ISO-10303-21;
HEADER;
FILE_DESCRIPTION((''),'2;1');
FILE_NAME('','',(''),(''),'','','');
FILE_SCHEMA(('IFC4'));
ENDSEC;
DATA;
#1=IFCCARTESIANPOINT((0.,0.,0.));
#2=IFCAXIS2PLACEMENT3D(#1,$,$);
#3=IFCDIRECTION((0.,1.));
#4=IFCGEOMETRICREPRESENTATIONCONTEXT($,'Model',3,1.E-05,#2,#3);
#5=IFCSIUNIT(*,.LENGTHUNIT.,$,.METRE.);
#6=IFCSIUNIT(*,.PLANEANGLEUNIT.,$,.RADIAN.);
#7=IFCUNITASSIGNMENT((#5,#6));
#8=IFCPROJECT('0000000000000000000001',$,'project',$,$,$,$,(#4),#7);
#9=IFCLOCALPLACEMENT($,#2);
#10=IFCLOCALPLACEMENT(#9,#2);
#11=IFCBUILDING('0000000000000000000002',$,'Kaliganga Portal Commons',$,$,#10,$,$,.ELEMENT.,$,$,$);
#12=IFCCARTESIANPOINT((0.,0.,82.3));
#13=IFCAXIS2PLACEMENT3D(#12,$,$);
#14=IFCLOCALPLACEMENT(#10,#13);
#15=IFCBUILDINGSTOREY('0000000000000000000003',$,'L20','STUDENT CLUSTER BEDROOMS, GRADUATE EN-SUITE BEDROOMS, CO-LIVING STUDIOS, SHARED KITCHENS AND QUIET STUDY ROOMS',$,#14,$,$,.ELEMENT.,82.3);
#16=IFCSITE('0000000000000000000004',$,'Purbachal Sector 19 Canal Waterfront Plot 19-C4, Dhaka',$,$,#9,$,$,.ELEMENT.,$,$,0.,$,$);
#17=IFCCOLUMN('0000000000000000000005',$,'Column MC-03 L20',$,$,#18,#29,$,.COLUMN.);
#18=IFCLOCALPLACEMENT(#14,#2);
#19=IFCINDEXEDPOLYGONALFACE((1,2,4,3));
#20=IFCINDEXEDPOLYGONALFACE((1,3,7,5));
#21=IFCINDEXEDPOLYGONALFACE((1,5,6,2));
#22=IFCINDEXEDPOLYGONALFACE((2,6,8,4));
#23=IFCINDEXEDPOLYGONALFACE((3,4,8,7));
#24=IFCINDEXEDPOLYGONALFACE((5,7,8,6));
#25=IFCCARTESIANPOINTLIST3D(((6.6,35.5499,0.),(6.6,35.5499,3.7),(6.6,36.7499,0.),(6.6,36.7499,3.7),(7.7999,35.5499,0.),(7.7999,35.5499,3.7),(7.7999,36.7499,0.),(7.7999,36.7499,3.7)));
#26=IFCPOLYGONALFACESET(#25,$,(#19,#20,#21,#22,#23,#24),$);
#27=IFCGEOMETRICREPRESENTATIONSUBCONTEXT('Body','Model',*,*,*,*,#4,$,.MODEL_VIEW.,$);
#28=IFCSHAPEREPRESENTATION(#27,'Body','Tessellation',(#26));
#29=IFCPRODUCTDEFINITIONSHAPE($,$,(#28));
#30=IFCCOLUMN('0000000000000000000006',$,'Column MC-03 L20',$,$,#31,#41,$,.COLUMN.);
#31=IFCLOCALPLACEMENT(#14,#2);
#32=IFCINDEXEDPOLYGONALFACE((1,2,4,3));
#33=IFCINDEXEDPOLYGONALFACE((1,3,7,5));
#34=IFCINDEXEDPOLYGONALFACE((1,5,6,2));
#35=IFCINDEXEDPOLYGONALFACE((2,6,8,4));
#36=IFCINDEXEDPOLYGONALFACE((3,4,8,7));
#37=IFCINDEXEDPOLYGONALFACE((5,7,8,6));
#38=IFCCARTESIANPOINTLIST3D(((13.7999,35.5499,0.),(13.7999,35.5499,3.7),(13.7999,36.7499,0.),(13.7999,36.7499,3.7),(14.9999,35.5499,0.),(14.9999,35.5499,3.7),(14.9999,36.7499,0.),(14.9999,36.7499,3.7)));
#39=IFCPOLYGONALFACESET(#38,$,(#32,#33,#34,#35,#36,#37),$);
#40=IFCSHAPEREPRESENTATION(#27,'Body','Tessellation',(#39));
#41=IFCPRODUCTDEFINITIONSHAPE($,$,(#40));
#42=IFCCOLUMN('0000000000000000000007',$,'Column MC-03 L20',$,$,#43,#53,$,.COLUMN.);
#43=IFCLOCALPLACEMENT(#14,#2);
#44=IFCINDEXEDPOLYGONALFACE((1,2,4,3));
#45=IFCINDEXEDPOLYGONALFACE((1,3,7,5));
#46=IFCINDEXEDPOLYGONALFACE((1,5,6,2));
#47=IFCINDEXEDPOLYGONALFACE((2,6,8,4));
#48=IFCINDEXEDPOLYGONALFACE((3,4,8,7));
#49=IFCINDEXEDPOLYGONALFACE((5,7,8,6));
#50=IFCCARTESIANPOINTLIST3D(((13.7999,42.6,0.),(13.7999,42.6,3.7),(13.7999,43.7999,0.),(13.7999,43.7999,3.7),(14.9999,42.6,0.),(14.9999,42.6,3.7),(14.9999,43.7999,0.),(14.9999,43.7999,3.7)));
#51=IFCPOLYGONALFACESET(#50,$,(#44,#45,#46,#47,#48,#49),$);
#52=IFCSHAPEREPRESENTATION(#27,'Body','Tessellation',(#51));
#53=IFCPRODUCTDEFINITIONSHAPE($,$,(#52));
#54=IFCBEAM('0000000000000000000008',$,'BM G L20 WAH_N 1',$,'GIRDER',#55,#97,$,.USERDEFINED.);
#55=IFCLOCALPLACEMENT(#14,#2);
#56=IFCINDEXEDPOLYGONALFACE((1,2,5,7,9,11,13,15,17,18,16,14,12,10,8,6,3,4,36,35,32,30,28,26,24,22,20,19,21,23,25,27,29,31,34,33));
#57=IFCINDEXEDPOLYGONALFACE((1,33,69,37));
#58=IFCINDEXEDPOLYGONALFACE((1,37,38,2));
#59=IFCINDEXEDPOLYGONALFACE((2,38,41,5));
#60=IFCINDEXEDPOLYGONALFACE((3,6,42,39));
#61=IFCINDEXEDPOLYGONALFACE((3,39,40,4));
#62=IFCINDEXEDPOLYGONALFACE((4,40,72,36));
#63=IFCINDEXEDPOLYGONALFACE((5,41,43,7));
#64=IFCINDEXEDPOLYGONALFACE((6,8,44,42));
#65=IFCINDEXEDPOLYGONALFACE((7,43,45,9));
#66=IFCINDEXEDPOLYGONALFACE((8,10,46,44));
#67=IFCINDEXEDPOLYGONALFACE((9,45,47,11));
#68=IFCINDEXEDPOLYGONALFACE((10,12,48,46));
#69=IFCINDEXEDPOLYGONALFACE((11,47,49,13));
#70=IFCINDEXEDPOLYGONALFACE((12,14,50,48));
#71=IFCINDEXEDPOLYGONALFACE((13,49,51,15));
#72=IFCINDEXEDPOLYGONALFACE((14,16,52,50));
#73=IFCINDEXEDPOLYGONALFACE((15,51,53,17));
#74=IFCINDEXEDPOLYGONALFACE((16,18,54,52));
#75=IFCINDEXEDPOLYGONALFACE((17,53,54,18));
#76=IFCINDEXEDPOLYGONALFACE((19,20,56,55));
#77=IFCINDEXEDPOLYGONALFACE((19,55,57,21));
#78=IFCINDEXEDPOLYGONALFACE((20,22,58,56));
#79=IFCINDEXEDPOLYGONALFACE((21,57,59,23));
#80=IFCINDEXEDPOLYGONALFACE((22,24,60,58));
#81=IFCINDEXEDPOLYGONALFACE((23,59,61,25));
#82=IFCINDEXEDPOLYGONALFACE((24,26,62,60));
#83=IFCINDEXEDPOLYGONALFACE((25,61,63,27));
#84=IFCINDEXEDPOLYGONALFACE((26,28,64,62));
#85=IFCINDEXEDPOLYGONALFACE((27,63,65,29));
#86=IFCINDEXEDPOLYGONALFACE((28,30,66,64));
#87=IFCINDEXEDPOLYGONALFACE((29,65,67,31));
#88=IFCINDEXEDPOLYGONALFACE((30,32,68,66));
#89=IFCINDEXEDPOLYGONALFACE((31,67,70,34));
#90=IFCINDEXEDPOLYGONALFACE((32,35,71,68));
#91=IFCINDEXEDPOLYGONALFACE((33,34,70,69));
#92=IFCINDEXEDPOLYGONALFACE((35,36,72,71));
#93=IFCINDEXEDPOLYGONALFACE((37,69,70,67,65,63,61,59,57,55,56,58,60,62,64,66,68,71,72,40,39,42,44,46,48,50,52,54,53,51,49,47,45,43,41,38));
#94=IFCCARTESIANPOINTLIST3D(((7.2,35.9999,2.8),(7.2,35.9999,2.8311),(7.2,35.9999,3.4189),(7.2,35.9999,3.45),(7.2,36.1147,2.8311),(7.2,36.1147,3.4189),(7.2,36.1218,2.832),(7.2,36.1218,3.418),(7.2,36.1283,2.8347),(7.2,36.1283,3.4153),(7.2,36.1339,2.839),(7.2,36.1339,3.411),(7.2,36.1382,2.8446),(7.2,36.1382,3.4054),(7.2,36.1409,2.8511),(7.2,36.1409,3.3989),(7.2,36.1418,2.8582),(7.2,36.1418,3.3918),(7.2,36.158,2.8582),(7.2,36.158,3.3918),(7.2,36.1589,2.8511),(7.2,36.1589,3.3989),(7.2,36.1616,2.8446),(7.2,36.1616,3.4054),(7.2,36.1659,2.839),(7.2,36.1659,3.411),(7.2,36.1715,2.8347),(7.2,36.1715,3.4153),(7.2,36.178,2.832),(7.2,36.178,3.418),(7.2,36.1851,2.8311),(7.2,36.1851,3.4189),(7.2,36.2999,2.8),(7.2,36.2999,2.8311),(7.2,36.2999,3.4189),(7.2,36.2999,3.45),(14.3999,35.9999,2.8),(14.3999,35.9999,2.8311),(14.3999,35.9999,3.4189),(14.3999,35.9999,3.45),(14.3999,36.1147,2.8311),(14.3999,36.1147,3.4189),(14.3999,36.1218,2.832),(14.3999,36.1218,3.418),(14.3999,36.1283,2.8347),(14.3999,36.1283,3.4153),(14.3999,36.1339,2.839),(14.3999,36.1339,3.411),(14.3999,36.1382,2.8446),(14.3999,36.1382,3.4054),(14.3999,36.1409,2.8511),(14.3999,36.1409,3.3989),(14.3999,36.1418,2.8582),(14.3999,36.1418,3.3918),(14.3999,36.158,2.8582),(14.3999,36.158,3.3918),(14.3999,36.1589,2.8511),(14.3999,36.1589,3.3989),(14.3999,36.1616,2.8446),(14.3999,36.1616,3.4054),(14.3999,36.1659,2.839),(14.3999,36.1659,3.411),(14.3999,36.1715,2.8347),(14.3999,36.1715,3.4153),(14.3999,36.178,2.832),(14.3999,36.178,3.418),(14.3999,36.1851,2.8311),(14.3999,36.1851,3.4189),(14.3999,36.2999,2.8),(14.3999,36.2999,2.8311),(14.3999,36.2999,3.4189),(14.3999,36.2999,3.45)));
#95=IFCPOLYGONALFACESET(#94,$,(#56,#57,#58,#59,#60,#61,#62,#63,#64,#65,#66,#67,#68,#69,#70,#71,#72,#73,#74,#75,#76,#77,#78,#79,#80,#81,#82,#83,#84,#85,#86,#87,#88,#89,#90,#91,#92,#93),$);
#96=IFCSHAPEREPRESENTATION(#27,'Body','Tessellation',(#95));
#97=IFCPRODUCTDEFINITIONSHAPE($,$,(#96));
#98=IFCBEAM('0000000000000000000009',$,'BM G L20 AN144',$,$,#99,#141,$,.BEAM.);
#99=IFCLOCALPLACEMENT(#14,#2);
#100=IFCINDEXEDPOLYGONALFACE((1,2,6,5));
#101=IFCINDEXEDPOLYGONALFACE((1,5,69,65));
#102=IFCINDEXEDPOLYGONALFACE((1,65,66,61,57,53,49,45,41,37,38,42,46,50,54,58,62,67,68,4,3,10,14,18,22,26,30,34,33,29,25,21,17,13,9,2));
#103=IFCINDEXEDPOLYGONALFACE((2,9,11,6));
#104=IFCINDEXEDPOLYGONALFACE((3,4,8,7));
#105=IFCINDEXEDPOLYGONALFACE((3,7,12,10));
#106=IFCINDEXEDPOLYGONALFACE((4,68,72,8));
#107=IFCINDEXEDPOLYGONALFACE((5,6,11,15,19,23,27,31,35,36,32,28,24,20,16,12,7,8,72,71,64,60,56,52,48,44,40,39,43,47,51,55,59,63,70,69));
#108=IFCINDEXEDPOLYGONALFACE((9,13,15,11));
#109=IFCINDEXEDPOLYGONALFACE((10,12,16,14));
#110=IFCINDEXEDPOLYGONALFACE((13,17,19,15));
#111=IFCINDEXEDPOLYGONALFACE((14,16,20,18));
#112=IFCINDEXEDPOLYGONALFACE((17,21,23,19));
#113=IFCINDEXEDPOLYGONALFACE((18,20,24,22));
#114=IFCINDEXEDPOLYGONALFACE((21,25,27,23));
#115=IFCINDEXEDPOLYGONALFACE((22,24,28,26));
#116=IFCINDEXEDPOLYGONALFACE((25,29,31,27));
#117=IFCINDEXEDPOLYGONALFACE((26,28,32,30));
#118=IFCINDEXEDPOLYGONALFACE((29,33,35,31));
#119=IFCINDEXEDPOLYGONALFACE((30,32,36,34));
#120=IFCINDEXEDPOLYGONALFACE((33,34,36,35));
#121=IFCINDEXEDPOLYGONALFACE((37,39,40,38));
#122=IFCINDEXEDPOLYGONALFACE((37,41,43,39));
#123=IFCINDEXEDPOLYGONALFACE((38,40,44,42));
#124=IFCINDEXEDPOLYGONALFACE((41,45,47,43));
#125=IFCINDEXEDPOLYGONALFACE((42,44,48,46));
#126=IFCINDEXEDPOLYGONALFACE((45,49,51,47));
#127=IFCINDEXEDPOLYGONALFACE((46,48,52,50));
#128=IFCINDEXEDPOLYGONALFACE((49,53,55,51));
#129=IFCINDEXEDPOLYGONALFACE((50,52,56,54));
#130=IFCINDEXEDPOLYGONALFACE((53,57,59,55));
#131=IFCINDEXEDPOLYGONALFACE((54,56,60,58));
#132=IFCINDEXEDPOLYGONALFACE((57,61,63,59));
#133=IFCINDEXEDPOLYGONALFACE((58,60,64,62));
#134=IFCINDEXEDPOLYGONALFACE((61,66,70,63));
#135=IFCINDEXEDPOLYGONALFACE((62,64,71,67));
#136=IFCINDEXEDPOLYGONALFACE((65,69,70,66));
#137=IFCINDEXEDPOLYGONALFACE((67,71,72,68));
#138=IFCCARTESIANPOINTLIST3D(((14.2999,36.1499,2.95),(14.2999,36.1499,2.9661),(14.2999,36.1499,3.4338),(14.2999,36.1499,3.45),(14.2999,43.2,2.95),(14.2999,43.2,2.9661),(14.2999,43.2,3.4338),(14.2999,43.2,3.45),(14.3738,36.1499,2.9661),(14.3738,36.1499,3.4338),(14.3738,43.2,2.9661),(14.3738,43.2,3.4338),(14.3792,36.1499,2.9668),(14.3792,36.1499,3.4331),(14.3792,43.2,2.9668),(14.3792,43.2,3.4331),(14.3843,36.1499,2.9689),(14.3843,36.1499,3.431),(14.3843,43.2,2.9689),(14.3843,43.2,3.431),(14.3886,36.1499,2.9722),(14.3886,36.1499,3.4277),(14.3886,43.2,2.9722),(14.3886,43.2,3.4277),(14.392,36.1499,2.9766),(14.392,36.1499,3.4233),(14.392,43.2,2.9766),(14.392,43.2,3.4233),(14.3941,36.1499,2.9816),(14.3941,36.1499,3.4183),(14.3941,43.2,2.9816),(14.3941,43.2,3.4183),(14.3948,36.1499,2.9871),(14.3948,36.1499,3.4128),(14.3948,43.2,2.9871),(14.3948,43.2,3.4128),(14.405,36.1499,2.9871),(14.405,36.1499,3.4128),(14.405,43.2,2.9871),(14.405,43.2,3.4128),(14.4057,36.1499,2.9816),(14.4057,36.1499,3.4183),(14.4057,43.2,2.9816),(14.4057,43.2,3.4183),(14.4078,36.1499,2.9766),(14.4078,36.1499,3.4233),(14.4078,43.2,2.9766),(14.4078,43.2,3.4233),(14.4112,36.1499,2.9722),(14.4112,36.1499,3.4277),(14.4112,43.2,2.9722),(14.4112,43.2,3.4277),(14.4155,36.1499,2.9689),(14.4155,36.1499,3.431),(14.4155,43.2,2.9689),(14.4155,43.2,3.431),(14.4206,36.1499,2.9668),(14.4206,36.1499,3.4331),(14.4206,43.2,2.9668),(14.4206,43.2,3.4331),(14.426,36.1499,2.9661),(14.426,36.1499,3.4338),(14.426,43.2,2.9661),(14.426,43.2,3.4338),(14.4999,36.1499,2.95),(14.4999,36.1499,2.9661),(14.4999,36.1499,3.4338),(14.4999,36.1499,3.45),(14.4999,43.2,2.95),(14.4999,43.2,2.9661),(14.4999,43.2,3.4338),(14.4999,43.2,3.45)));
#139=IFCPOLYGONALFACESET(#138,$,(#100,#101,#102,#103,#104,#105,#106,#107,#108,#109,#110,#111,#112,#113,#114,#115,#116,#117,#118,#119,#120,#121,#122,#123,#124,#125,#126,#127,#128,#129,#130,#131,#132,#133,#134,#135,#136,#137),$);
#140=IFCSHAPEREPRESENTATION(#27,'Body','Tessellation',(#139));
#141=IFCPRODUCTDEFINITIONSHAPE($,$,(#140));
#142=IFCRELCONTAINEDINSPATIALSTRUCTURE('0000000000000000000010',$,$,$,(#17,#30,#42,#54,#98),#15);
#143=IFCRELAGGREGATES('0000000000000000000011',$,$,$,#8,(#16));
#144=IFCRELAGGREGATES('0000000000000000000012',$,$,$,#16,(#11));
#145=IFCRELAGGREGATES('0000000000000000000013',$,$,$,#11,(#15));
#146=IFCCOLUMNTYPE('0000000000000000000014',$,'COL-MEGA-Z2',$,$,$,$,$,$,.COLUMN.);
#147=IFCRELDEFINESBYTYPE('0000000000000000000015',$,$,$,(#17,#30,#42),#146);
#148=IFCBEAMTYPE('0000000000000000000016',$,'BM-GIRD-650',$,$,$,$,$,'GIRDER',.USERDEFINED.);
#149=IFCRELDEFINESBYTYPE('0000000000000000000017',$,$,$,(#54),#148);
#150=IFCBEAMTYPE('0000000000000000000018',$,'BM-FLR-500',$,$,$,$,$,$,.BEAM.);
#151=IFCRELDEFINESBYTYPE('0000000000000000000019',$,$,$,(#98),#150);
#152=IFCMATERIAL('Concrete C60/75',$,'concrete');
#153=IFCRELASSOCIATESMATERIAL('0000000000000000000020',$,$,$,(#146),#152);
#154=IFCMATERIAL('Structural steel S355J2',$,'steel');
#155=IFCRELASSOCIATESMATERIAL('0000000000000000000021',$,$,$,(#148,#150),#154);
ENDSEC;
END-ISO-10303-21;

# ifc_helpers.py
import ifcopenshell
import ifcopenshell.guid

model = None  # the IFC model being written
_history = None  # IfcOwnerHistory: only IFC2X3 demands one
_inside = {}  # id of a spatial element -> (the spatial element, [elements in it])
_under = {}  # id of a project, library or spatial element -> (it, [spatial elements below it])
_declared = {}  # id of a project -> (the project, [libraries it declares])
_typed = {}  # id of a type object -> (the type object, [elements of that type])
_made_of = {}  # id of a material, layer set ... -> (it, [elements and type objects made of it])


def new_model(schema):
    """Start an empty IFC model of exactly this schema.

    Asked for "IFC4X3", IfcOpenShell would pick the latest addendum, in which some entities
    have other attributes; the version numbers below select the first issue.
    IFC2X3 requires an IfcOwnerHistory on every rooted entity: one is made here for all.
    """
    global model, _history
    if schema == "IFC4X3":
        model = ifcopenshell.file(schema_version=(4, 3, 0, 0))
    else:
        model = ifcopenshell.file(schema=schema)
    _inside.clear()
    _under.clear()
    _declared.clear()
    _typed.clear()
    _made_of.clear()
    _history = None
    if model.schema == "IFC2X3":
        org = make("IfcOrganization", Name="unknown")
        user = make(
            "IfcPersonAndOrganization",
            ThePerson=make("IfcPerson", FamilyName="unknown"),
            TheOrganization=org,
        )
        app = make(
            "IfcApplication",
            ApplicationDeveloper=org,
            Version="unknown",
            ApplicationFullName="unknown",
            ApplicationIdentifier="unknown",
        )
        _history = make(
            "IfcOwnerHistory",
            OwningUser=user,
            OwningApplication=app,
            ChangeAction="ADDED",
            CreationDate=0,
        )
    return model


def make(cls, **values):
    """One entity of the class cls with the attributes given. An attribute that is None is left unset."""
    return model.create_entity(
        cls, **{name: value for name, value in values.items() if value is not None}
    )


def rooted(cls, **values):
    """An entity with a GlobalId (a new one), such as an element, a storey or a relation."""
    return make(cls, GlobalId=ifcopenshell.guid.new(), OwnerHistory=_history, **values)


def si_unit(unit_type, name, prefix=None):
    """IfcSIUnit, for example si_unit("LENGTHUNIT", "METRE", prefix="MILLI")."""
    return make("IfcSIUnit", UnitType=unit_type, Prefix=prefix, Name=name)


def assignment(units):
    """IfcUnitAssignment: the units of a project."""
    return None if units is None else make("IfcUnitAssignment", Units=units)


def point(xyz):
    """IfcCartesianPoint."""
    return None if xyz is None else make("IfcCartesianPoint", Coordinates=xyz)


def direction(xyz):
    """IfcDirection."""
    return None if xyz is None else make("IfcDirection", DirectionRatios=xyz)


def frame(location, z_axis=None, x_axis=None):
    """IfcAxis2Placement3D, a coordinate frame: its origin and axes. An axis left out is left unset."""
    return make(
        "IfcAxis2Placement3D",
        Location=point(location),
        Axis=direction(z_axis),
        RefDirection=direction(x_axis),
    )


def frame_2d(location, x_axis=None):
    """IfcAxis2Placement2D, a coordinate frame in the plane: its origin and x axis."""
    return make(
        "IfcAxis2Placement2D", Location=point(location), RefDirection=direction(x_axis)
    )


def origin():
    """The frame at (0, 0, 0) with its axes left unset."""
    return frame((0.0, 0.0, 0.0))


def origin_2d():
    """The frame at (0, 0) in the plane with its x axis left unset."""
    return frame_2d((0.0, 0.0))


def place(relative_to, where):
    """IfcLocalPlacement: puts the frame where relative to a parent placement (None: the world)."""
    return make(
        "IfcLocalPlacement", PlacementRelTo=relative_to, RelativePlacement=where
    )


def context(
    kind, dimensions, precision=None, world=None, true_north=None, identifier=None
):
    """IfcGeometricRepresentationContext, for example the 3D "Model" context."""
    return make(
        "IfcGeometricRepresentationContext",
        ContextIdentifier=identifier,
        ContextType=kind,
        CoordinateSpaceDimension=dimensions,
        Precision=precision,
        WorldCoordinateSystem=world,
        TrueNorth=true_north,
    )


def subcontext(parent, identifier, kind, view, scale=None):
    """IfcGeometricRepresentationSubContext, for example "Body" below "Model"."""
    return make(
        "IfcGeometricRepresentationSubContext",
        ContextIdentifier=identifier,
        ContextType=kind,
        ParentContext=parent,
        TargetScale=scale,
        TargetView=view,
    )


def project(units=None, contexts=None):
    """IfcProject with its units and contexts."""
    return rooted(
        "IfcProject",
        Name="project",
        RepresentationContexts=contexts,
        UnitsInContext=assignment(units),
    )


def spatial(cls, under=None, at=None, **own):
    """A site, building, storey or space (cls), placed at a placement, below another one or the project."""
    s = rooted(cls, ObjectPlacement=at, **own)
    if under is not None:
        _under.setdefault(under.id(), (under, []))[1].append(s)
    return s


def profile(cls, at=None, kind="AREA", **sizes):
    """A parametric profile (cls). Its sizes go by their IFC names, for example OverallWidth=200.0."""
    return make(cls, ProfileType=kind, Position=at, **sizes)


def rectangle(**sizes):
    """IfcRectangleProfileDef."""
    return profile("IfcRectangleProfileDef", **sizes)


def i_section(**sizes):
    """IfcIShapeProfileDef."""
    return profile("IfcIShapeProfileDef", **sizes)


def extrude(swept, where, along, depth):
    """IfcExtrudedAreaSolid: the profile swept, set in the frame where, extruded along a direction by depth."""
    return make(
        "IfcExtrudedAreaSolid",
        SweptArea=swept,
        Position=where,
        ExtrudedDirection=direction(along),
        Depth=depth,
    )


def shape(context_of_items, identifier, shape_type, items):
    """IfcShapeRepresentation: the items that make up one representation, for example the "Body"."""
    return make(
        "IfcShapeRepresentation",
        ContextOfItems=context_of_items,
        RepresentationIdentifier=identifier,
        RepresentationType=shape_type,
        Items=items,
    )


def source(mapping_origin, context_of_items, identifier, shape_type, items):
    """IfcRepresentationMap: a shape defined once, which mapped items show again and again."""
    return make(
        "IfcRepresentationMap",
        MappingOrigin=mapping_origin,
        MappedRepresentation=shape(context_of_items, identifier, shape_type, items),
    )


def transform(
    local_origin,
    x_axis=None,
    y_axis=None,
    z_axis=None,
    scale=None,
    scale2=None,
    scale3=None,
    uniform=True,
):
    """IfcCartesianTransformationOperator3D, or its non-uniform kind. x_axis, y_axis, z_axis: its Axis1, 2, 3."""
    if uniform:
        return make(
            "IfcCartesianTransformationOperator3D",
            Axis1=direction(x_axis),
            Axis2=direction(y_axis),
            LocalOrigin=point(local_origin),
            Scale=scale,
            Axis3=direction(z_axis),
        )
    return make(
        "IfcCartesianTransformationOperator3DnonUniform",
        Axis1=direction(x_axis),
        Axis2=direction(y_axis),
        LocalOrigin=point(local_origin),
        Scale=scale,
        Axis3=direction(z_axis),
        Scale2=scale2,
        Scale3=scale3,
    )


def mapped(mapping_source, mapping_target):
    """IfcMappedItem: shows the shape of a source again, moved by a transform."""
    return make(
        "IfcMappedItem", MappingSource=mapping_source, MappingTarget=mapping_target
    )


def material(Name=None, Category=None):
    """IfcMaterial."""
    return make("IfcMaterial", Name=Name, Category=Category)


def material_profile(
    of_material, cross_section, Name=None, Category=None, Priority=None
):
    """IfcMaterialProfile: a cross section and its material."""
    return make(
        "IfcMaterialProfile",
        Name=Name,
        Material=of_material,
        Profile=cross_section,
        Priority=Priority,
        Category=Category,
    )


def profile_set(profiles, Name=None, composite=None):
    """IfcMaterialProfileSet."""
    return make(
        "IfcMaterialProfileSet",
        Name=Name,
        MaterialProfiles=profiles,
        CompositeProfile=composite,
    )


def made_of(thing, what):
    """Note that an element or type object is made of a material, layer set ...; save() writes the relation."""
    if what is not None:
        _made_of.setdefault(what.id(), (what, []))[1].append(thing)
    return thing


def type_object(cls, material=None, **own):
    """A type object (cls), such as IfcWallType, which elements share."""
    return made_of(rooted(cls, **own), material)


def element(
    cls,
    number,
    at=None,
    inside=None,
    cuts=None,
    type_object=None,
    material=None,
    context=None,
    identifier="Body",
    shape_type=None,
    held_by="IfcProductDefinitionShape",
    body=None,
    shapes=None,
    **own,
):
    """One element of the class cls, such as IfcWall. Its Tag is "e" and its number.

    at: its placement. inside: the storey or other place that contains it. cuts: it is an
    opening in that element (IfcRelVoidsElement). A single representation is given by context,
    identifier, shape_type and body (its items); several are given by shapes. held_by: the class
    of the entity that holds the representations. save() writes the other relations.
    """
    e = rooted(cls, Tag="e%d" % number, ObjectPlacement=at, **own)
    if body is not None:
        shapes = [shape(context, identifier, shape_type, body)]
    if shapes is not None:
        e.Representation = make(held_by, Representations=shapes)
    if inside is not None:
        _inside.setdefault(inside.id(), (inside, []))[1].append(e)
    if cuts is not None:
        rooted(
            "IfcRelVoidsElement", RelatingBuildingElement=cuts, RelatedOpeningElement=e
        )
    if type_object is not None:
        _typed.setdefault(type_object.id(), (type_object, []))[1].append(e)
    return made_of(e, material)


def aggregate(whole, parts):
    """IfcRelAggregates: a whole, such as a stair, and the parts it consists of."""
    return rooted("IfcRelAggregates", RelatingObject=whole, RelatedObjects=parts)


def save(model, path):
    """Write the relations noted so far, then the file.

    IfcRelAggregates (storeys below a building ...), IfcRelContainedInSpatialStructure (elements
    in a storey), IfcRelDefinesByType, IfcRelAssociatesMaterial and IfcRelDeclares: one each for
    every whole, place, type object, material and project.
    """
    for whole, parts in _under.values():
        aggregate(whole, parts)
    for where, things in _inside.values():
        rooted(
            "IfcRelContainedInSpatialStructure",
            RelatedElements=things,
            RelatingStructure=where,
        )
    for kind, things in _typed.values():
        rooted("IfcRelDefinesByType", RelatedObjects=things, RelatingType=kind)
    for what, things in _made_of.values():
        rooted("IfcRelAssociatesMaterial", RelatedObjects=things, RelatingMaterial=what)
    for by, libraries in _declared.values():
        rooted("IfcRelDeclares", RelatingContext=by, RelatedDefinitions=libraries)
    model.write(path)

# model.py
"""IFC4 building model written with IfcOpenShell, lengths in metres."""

from ifc_helpers import new_model, si_unit, direction, frame, origin, origin_2d, place, context, subcontext, project, spatial, rectangle, i_section, extrude, source, transform, mapped, material, material_profile, profile_set, type_object, element, save


model = new_model("IFC4")

# Units and contexts
model_context = context("Model", 3, precision=1e-05, world=origin(), true_north=direction((0.0, 1.0)))
body_context = subcontext(model_context, "Body", "Model", "MODEL_VIEW")
ifc_project = project(units=[si_unit("LENGTHUNIT", "METRE"), si_unit("PLANEANGLEUNIT", "RADIAN")], contexts=[model_context])

# Site, building, storey
site_placement = place(None, origin())
site = spatial("IfcSite", under=ifc_project, at=site_placement, Name="Purbachal Sector 19 Canal Waterfront Plot 19-C4, Dhaka", CompositionType="ELEMENT", RefElevation=0.0)
building_placement = place(site_placement, origin())
building = spatial("IfcBuilding", under=site, at=building_placement, Name="Kaliganga Portal Commons", CompositionType="ELEMENT")
storey_placement = place(building_placement, frame((0.0, 0.0, 82.3)))
storey = spatial("IfcBuildingStorey", under=building, at=storey_placement, Name="L20", Description="STUDENT CLUSTER BEDROOMS, GRADUATE EN-SUITE BEDROOMS, CO-LIVING STUDIOS, SHARED KITCHENS AND QUIET STUDY ROOMS", CompositionType="ELEMENT", Elevation=82.3)

# Columns
ifc_material_1 = material(Name="Concrete C60/75", Category="concrete")
ifc_material_profile_1 = material_profile(ifc_material_1, rectangle(XDim=1.2, YDim=1.2, at=origin_2d()), Name="RC 1200x1200")
ifc_profile_set_1 = profile_set([ifc_material_profile_1], Name="Concrete C60/75")
column_type = type_object("IfcColumnType", Name="COL-MEGA-Z2", PredefinedType="COLUMN", material=ifc_profile_set_1)
shared_shape_1 = source(origin(), body_context, "Body", "SweptSolid", [
    extrude(rectangle(XDim=1.2, YDim=1.2, at=origin_2d()), origin(), (0.0, 0.0, 1.0), 3.7),
])
for number, where, z_axis, x_axis, name in (
    (1, (7.2, 36.1499, 0.0), (0.0, 0.0, 1.0), (1.0, 0.0, 0.0), "Column MC-03 L20"),
    (2, (14.3999, 36.1499, 0.0), (0.0, 0.0, 1.0), (1.0, 0.0, 0.0), "Column MC-03 L20"),
    (3, (14.3999, 43.2, 0.0), (0.0, 0.0, 1.0), (1.0, 0.0, 0.0), "Column MC-03 L20"),
):
    element("IfcColumn", number, at=place(storey_placement, frame(where, z_axis=z_axis, x_axis=x_axis)), inside=storey, type_object=column_type, Name=name, PredefinedType="COLUMN", context=body_context, shape_type="MappedRepresentation", body=[
        mapped(shared_shape_1, transform((0.0, 0.0, 0.0), x_axis=(1.0, 0.0, 0.0), y_axis=(0.0, 1.0, 0.0), z_axis=(0.0, 0.0, 1.0), scale=1.0)),
    ])

# Beams
ifc_material_2 = material(Name="Structural steel S355J2", Category="steel")
ifc_material_profile_2 = material_profile(ifc_material_2, i_section(OverallWidth=0.3, OverallDepth=0.6499, WebThickness=0.0161, FlangeThickness=0.031, FilletRadius=0.0271, at=origin_2d()), Name="HE 650 B")
ifc_profile_set_2 = profile_set([ifc_material_profile_2], Name="Structural steel S355J2 wide-flange")
beam_type_1 = type_object("IfcBeamType", Name="BM-GIRD-650", ElementType="GIRDER", PredefinedType="USERDEFINED", material=ifc_profile_set_2)
shared_shape_2 = source(origin(), body_context, "Body", "SweptSolid", [
    extrude(i_section(OverallWidth=0.3, OverallDepth=0.6499, WebThickness=0.0161, FlangeThickness=0.031, FilletRadius=0.0271, at=origin_2d()), origin(), (0.0, 0.0, 1.0), 7.2),
])
beam_1_placement = place(storey_placement, frame((7.2, 36.1499, 3.125), z_axis=(1.0, 0.0, 0.0), x_axis=(0.0, 1.0, 0.0)))
element("IfcBeam", 4, at=beam_1_placement, inside=storey, type_object=beam_type_1, Name="BM G L20 WAH_N 1", ObjectType="GIRDER", PredefinedType="USERDEFINED", context=body_context, shape_type="MappedRepresentation", body=[
    mapped(shared_shape_2, transform((0.0, 0.0, 0.0), x_axis=(1.0, 0.0, 0.0), y_axis=(0.0, 1.0, 0.0), z_axis=(0.0, 0.0, 1.0), scale=1.0)),
])
ifc_material_profile_3 = material_profile(ifc_material_2, i_section(OverallWidth=0.2, OverallDepth=0.5, WebThickness=0.0103, FlangeThickness=0.0161, FilletRadius=0.021, at=origin_2d()), Name="IPE 500")
ifc_profile_set_3 = profile_set([ifc_material_profile_3], Name="Structural steel S355J2 wide-flange")
beam_type_2 = type_object("IfcBeamType", Name="BM-FLR-500", PredefinedType="BEAM", material=ifc_profile_set_3)
shared_shape_3 = source(origin(), body_context, "Body", "SweptSolid", [
    extrude(i_section(OverallWidth=0.2, OverallDepth=0.5, WebThickness=0.0103, FlangeThickness=0.0161, FilletRadius=0.021, at=origin_2d()), origin(), (0.0, 0.0, 1.0), 7.05),
])
beam_2_placement = place(storey_placement, frame((14.3999, 36.1499, 3.2), z_axis=(0.0, 1.0, 0.0), x_axis=(-1.0, 0.0, 0.0)))
element("IfcBeam", 5, at=beam_2_placement, inside=storey, type_object=beam_type_2, Name="BM G L20 AN144", PredefinedType="BEAM", context=body_context, shape_type="MappedRepresentation", body=[
    mapped(shared_shape_3, transform((0.0, 0.0, 0.0), x_axis=(1.0, 0.0, 0.0), y_axis=(0.0, 1.0, 0.0), z_axis=(0.0, 0.0, 1.0), scale=1.0)),
])

save(model, "model.ifc")
